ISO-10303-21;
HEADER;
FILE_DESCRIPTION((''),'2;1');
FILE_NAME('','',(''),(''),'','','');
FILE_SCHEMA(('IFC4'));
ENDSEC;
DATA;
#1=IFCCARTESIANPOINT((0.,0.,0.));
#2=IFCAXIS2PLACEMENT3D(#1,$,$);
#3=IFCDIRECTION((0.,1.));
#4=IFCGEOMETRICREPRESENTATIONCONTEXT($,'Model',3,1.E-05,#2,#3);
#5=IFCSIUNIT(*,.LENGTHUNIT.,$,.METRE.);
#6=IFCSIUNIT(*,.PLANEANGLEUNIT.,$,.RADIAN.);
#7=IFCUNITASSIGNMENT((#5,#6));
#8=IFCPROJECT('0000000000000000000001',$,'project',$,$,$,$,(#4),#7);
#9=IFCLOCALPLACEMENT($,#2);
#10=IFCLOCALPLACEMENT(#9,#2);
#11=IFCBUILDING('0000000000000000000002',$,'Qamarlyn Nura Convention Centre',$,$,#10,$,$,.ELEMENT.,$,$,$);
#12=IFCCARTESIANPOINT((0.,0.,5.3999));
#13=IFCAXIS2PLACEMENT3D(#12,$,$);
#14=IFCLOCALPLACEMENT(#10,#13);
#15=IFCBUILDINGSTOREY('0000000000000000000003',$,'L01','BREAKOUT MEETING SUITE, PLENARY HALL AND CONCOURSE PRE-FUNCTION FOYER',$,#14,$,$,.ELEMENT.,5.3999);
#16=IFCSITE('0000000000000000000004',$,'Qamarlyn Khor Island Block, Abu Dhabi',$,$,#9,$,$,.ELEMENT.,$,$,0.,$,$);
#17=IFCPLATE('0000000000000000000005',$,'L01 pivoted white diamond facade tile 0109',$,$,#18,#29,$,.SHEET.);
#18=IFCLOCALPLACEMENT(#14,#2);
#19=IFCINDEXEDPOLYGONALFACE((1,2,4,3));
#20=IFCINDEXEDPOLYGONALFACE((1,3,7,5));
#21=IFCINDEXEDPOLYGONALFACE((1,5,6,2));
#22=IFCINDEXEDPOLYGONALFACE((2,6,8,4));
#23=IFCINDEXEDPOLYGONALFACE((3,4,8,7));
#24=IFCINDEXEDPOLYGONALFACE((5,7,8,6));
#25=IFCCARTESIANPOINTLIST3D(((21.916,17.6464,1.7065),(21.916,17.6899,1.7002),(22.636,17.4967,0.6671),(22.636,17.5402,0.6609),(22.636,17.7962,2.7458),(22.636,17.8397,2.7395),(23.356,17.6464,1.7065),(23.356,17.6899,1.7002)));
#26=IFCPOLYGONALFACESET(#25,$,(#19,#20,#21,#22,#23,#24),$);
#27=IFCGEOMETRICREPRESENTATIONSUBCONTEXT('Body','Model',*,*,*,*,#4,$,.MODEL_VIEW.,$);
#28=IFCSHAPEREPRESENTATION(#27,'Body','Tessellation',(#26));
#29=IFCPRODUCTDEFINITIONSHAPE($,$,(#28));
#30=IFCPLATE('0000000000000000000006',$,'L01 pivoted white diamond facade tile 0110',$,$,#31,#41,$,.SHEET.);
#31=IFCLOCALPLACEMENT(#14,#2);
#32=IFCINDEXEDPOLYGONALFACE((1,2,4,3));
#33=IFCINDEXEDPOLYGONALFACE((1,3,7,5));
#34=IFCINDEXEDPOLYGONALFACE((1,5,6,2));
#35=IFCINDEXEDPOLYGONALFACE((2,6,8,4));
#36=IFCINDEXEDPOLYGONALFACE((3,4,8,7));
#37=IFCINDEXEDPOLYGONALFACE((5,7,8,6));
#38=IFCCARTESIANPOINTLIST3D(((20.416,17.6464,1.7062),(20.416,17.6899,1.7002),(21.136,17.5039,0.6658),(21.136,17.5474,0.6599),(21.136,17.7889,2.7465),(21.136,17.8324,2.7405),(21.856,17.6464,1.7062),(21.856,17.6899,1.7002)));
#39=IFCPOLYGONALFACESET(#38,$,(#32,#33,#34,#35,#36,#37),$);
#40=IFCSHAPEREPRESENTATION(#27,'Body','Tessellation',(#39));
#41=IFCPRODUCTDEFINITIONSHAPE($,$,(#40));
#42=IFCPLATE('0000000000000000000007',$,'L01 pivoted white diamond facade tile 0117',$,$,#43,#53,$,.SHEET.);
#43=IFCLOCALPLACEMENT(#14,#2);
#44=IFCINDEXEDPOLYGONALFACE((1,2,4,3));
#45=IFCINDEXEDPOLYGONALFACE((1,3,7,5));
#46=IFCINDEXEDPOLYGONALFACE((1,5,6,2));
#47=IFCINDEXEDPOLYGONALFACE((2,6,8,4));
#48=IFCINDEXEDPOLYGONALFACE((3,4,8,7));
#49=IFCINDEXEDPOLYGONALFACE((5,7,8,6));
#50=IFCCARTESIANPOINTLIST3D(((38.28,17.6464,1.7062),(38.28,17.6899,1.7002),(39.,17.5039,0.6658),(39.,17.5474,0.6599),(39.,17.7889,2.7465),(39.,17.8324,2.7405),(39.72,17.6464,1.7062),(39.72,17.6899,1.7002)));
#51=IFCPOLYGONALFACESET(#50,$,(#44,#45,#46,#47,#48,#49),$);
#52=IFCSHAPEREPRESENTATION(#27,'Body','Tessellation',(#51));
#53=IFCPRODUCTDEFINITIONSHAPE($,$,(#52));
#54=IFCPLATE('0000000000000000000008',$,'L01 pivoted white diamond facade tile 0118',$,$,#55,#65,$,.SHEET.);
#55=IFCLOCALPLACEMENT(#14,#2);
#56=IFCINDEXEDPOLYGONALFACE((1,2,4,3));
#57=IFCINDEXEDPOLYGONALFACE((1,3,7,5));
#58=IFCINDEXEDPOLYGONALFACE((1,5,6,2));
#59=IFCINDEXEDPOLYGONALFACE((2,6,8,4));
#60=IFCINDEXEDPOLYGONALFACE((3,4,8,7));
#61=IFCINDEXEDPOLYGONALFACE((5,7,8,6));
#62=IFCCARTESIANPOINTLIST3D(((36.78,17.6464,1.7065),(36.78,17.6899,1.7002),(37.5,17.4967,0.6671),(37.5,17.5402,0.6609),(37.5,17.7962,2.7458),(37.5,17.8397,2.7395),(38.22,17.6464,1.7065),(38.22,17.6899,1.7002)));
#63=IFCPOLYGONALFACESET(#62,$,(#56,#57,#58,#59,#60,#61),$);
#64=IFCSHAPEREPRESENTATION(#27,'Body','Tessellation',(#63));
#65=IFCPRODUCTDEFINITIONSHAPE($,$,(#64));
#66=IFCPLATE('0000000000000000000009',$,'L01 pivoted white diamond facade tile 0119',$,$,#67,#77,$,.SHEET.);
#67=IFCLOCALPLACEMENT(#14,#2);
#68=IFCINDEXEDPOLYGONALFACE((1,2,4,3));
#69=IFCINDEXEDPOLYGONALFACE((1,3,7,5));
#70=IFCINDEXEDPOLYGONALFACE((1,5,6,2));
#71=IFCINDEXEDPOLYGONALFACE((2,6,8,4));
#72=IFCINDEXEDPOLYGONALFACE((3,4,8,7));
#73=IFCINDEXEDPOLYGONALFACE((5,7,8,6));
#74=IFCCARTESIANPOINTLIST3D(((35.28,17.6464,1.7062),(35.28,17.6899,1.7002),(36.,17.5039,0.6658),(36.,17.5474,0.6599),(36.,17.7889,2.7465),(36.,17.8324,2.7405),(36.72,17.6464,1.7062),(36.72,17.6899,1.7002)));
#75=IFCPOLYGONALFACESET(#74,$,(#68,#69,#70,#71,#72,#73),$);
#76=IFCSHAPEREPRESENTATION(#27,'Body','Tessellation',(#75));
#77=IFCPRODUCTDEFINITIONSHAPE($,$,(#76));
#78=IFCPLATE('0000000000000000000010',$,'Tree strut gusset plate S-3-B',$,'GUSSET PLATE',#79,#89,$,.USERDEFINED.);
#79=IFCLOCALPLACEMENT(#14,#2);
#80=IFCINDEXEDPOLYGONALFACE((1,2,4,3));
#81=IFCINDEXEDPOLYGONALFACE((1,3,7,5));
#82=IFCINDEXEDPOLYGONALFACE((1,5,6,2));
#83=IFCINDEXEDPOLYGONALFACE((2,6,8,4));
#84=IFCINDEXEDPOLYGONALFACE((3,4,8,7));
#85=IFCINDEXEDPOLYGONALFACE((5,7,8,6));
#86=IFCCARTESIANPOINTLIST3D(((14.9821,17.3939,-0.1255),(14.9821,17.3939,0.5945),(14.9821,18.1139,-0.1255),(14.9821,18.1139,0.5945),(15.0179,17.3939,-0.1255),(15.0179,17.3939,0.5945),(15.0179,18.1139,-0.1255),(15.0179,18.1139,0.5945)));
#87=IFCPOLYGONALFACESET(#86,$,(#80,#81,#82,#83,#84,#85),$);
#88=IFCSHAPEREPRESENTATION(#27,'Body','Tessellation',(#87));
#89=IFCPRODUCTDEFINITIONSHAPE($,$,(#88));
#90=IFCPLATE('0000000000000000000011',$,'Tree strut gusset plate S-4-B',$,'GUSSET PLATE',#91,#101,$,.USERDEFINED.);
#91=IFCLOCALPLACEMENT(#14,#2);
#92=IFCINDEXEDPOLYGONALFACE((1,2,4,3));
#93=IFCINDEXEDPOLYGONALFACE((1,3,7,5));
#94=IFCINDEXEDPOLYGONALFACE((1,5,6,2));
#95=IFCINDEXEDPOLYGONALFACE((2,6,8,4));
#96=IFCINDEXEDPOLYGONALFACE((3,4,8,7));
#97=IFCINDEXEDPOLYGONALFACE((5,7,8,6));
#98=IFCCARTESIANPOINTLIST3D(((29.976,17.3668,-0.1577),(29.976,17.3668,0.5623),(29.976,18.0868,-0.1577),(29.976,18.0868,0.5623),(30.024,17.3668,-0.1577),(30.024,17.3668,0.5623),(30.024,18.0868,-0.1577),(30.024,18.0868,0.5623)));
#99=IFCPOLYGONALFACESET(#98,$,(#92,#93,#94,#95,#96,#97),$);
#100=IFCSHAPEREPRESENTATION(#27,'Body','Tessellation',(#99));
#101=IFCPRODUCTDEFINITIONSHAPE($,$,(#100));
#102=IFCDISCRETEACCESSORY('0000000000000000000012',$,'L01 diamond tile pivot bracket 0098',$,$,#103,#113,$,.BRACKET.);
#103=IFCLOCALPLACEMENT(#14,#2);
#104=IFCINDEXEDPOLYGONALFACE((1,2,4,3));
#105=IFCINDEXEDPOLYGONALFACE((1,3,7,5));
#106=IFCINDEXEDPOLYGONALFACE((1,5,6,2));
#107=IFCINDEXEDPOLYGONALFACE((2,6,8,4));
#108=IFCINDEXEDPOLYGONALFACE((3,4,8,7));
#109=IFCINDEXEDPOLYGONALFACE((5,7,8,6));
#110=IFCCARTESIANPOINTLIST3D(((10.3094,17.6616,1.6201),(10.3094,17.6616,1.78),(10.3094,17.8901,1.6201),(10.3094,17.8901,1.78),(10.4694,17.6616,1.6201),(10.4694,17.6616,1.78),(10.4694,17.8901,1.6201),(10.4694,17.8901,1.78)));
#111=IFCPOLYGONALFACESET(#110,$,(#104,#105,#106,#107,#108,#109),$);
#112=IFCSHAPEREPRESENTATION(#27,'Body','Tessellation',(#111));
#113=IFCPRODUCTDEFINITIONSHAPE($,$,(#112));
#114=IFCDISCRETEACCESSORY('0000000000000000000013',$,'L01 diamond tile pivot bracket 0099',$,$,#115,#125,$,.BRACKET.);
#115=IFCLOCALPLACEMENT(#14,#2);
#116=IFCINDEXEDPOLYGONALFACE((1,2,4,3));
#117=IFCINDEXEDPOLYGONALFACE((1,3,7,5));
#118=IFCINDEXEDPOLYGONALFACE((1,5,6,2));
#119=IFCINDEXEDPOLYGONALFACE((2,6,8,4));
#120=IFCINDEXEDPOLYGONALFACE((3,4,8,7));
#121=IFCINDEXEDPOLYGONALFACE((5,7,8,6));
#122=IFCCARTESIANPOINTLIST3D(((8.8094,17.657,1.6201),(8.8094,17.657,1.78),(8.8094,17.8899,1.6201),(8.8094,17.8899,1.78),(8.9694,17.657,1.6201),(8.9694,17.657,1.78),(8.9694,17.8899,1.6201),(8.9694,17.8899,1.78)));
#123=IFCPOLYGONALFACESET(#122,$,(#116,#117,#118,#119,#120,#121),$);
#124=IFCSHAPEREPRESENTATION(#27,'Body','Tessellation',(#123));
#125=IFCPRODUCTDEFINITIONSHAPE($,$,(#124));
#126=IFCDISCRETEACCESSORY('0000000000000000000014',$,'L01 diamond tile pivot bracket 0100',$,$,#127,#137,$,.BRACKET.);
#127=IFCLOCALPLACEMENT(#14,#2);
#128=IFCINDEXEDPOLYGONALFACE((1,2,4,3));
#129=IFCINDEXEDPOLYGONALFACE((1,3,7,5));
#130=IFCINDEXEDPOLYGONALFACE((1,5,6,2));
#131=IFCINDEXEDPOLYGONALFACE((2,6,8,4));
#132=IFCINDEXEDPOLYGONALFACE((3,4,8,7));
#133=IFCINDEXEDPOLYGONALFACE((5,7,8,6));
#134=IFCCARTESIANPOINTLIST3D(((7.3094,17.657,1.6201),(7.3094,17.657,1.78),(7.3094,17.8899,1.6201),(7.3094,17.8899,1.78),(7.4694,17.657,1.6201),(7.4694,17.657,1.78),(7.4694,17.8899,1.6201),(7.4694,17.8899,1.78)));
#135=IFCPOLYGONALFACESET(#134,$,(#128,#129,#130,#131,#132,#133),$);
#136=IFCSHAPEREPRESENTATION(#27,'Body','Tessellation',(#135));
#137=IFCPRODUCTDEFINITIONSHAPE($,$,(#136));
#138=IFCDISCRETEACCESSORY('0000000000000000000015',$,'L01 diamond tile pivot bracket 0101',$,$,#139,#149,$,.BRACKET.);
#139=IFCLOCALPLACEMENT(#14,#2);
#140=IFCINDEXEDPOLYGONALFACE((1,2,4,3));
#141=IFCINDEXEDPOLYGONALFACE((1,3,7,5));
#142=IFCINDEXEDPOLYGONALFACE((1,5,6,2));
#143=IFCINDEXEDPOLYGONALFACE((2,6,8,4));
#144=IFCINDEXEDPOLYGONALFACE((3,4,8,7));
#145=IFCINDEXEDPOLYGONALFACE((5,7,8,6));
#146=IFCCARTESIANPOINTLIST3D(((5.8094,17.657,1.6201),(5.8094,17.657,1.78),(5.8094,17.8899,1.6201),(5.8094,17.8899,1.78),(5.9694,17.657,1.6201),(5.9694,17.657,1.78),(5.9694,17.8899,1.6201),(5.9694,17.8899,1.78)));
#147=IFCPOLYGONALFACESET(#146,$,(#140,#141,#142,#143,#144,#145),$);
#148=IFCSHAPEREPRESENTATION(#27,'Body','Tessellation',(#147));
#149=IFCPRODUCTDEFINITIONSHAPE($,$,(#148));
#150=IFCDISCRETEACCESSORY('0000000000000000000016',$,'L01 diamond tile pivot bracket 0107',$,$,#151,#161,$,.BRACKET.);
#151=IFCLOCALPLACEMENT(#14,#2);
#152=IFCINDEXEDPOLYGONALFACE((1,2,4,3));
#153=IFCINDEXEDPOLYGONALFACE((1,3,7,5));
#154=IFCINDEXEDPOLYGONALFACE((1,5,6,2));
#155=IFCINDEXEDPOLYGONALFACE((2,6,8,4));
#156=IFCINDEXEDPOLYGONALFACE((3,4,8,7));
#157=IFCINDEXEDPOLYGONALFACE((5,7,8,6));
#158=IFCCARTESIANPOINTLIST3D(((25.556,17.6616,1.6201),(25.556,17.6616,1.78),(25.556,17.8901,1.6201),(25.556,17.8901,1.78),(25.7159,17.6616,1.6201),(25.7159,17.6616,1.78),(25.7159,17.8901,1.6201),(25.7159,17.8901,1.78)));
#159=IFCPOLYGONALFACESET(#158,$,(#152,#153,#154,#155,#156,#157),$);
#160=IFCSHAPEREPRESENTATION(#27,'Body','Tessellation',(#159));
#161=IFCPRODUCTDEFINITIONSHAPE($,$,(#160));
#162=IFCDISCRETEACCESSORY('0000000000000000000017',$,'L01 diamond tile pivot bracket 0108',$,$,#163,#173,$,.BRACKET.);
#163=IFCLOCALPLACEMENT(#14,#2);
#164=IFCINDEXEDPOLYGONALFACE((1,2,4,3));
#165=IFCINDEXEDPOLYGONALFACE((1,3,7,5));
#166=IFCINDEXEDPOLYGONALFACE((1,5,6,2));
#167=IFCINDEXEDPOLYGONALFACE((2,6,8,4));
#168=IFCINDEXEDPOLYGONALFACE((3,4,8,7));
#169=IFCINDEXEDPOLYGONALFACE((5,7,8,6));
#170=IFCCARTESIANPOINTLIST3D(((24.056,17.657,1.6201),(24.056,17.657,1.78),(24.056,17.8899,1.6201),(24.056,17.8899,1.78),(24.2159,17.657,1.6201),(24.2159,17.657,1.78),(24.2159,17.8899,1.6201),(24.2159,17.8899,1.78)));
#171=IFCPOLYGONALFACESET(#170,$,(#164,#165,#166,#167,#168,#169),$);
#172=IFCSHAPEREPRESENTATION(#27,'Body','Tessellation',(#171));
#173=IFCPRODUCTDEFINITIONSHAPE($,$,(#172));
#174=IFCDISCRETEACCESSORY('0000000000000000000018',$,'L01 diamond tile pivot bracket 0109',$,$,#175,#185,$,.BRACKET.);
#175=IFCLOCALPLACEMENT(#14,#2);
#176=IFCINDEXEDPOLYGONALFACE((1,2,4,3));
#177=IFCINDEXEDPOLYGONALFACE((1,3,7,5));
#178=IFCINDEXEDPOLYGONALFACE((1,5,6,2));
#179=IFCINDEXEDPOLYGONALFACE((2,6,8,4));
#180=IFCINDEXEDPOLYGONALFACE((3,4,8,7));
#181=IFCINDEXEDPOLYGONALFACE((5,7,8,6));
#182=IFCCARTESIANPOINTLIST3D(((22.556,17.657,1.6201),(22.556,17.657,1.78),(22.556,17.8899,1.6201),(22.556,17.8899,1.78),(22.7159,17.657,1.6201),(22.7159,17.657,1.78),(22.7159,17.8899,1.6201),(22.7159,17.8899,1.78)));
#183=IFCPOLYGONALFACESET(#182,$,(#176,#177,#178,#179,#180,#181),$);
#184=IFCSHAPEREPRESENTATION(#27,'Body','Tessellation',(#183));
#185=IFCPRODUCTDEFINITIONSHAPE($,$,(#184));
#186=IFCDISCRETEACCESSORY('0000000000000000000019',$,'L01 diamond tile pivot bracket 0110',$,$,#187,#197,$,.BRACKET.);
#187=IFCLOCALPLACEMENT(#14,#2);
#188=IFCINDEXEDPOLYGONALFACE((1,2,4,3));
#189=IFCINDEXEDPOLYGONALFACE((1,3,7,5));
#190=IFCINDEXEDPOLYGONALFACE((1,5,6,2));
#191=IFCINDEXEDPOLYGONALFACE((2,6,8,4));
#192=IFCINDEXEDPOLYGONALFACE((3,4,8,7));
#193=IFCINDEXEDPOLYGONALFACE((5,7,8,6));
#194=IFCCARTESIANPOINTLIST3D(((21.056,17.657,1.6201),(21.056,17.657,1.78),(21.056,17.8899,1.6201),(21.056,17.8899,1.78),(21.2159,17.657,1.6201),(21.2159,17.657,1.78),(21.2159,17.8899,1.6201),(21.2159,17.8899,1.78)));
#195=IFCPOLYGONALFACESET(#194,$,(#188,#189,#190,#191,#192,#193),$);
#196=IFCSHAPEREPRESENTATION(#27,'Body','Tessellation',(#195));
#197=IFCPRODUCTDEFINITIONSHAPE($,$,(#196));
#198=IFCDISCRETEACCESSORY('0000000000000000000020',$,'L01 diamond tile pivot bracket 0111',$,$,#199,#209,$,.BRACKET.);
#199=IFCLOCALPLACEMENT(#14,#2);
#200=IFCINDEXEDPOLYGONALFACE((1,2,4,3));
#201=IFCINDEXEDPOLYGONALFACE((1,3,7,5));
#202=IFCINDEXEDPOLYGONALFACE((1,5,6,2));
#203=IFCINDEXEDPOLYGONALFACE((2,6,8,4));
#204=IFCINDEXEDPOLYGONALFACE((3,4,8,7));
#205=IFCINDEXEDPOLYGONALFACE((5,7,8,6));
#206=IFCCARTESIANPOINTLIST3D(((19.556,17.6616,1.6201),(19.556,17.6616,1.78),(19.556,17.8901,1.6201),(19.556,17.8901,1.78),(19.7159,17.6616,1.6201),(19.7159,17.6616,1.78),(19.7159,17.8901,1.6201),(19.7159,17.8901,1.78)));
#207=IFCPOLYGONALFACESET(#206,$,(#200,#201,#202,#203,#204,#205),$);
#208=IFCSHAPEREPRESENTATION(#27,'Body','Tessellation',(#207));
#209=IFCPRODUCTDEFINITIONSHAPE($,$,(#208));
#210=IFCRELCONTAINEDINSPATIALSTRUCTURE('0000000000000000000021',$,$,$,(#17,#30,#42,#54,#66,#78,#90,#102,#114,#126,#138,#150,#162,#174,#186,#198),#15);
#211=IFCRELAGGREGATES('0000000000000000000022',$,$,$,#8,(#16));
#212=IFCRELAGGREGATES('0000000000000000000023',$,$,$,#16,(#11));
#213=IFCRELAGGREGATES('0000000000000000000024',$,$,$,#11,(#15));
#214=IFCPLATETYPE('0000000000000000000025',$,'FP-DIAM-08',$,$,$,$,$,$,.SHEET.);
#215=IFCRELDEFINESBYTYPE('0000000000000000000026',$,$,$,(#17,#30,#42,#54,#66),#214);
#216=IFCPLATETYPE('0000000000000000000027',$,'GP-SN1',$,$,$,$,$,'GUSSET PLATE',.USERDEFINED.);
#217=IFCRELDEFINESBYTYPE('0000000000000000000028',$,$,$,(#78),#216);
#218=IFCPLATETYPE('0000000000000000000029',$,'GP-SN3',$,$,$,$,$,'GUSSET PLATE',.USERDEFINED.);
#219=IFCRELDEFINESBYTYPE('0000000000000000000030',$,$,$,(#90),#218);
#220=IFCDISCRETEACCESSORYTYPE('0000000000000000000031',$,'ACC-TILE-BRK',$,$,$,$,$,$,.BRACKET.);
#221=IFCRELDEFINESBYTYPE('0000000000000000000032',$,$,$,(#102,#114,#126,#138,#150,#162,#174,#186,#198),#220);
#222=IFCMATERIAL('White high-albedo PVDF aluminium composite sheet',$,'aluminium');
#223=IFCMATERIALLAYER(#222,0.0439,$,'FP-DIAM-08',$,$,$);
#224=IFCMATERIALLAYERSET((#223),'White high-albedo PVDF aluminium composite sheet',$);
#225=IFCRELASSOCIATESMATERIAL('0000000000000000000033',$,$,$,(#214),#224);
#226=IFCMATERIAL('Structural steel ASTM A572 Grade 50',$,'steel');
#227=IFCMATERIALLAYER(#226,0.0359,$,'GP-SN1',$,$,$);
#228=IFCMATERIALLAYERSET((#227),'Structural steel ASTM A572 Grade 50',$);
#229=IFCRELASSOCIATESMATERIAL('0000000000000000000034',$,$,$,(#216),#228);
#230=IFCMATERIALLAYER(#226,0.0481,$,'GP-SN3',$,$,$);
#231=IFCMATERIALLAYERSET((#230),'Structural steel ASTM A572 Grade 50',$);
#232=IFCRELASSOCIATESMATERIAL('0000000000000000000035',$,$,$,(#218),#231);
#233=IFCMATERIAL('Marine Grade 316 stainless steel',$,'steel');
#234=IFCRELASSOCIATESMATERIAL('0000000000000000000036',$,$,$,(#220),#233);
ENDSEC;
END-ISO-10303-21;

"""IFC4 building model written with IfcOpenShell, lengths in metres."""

from ifc_helpers import new_model, si_unit, direction, frame, origin, origin_2d, place, context, subcontext, project, spatial, polyline, rectangle, outline, extrude, material, layer, layer_set, type_object, element, save


model = new_model("IFC4")

# Units and contexts
model_context = context("Model", 3, precision=1e-05, world=origin(), true_north=direction((0.0, 1.0)))
body_context = subcontext(model_context, "Body", "Model", "MODEL_VIEW")
ifc_project = project(units=[si_unit("LENGTHUNIT", "METRE"), si_unit("PLANEANGLEUNIT", "RADIAN")], contexts=[model_context])

# Site, building, storey
site_placement = place(None, origin())
site = spatial("IfcSite", under=ifc_project, at=site_placement, Name="Qamarlyn Khor Island Block, Abu Dhabi", CompositionType="ELEMENT", RefElevation=0.0)
building_placement = place(site_placement, origin())
building = spatial("IfcBuilding", under=site, at=building_placement, Name="Qamarlyn Nura Convention Centre", CompositionType="ELEMENT")
storey_placement = place(building_placement, frame((0.0, 0.0, 5.3999)))
storey = spatial("IfcBuildingStorey", under=building, at=storey_placement, Name="L01", Description="BREAKOUT MEETING SUITE, PLENARY HALL AND CONCOURSE PRE-FUNCTION FOYER", CompositionType="ELEMENT", Elevation=5.3999)

# Plates
ifc_material_1 = material(Name="White high-albedo PVDF aluminium composite sheet", Category="aluminium")
ifc_layer_1 = layer(ifc_material_1, 0.0439, Name="FP-DIAM-08")
ifc_layer_set_1 = layer_set([ifc_layer_1], Name="White high-albedo PVDF aluminium composite sheet")
plate_type_1 = type_object("IfcPlateType", Name="FP-DIAM-08", PredefinedType="SHEET", material=ifc_layer_set_1)
for number, where, z_axis, x_axis, name in (
    (1, (22.636, 17.6899, 1.7002), (0.0, -0.989776, 0.142629), (1.0, 0.0, 0.0), "L01 pivoted white diamond facade tile 0109"),
    (2, (21.136, 17.6899, 1.7002), (0.0, -0.990748, 0.135716), (1.0, 0.0, 0.0), "L01 pivoted white diamond facade tile 0110"),
    (3, (39.0, 17.6899, 1.7002), (0.0, -0.990748, 0.135716), (1.0, 0.0, 0.0), "L01 pivoted white diamond facade tile 0117"),
    (4, (37.5, 17.6899, 1.7002), (0.0, -0.989776, 0.142629), (1.0, 0.0, 0.0), "L01 pivoted white diamond facade tile 0118"),
    (5, (36.0, 17.6899, 1.7002), (0.0, -0.990748, 0.135716), (1.0, 0.0, 0.0), "L01 pivoted white diamond facade tile 0119"),
):
    element("IfcPlate", number, at=place(storey_placement, frame(where, z_axis=z_axis, x_axis=x_axis)), inside=storey, type_object=plate_type_1, Name=name, PredefinedType="SHEET", context=body_context, shape_type="SweptSolid", body=[
        extrude(outline(polyline([(-0.72, 0.0), (0.0, -1.05), (0.72, 0.0), (0.0, 1.05), (-0.72, 0.0)])), origin(), (0.0, 0.0, 1.0), 0.0439),
    ])
ifc_material_2 = material(Name="Structural steel ASTM A572 Grade 50", Category="steel")
ifc_layer_2 = layer(ifc_material_2, 0.0359, Name="GP-SN1")
ifc_layer_set_2 = layer_set([ifc_layer_2], Name="Structural steel ASTM A572 Grade 50")
plate_type_2 = type_object("IfcPlateType", Name="GP-SN1", ElementType="GUSSET PLATE", PredefinedType="USERDEFINED", material=ifc_layer_set_2)
plate_1_placement = place(storey_placement, frame((15.0, 17.7539, -0.1255), z_axis=(0.0, 0.0, 1.0), x_axis=(0.0, 1.0, 0.0)))
element("IfcPlate", 6, at=plate_1_placement, inside=storey, type_object=plate_type_2, Name="Tree strut gusset plate S-3-B", ObjectType="GUSSET PLATE", PredefinedType="USERDEFINED", context=body_context, shape_type="SweptSolid", body=[
    extrude(rectangle(XDim=0.72, YDim=0.0359, at=origin_2d()), origin(), (0.0, 0.0, 1.0), 0.72),
])
ifc_layer_3 = layer(ifc_material_2, 0.0481, Name="GP-SN3")
ifc_layer_set_3 = layer_set([ifc_layer_3], Name="Structural steel ASTM A572 Grade 50")
plate_type_3 = type_object("IfcPlateType", Name="GP-SN3", ElementType="GUSSET PLATE", PredefinedType="USERDEFINED", material=ifc_layer_set_3)
plate_2_placement = place(storey_placement, frame((30.0, 17.7268, -0.1577), z_axis=(0.0, 0.0, 1.0), x_axis=(0.0, 1.0, 0.0)))
element("IfcPlate", 7, at=plate_2_placement, inside=storey, type_object=plate_type_3, Name="Tree strut gusset plate S-4-B", ObjectType="GUSSET PLATE", PredefinedType="USERDEFINED", context=body_context, shape_type="SweptSolid", body=[
    extrude(rectangle(XDim=0.72, YDim=0.0481, at=origin_2d()), origin(), (0.0, 0.0, 1.0), 0.72),
])

# Discrete accessories
ifc_material_3 = material(Name="Marine Grade 316 stainless steel", Category="steel")
discrete_accessory_type = type_object("IfcDiscreteAccessoryType", Name="ACC-TILE-BRK", PredefinedType="BRACKET", material=ifc_material_3)
discrete_accessory_1_placement = place(storey_placement, frame((10.3894, 17.7759, 1.6201), z_axis=(0.0, 0.0, 1.0), x_axis=(0.0, -1.0, 0.0)))
element("IfcDiscreteAccessory", 8, at=discrete_accessory_1_placement, inside=storey, type_object=discrete_accessory_type, Name="L01 diamond tile pivot bracket 0098", PredefinedType="BRACKET", context=body_context, shape_type="SweptSolid", body=[
    extrude(rectangle(XDim=0.2285, YDim=0.1599, at=origin_2d()), origin(), (0.0, 0.0, 1.0), 0.1599),
])
for number, where, z_axis, x_axis, name in (
    (9, (8.8894, 17.7734, 1.6201), (0.0, 0.0, 1.0), (0.0, -1.0, 0.0), "L01 diamond tile pivot bracket 0099"),
    (10, (7.3894, 17.7734, 1.6201), (0.0, 0.0, 1.0), (0.0, -1.0, 0.0), "L01 diamond tile pivot bracket 0100"),
    (11, (5.8894, 17.7734, 1.6201), (0.0, 0.0, 1.0), (0.0, -1.0, 0.0), "L01 diamond tile pivot bracket 0101"),
):
    element("IfcDiscreteAccessory", number, at=place(storey_placement, frame(where, z_axis=z_axis, x_axis=x_axis)), inside=storey, type_object=discrete_accessory_type, Name=name, PredefinedType="BRACKET", context=body_context, shape_type="SweptSolid", body=[
        extrude(rectangle(XDim=0.2329, YDim=0.1599, at=origin_2d()), origin(), (0.0, 0.0, 1.0), 0.1599),
    ])
discrete_accessory_2_placement = place(storey_placement, frame((25.636, 17.7759, 1.6201), z_axis=(0.0, 0.0, 1.0), x_axis=(0.0, -1.0, 0.0)))
element("IfcDiscreteAccessory", 12, at=discrete_accessory_2_placement, inside=storey, type_object=discrete_accessory_type, Name="L01 diamond tile pivot bracket 0107", PredefinedType="BRACKET", context=body_context, shape_type="SweptSolid", body=[
    extrude(rectangle(XDim=0.2285, YDim=0.1599, at=origin_2d()), origin(), (0.0, 0.0, 1.0), 0.1599),
])
for number, where, z_axis, x_axis, name in (
    (13, (24.136, 17.7734, 1.6201), (0.0, 0.0, 1.0), (0.0, -1.0, 0.0), "L01 diamond tile pivot bracket 0108"),
    (14, (22.636, 17.7734, 1.6201), (0.0, 0.0, 1.0), (0.0, -1.0, 0.0), "L01 diamond tile pivot bracket 0109"),
    (15, (21.136, 17.7734, 1.6201), (0.0, 0.0, 1.0), (0.0, -1.0, 0.0), "L01 diamond tile pivot bracket 0110"),
):
    element("IfcDiscreteAccessory", number, at=place(storey_placement, frame(where, z_axis=z_axis, x_axis=x_axis)), inside=storey, type_object=discrete_accessory_type, Name=name, PredefinedType="BRACKET", context=body_context, shape_type="SweptSolid", body=[
        extrude(rectangle(XDim=0.2329, YDim=0.1599, at=origin_2d()), origin(), (0.0, 0.0, 1.0), 0.1599),
    ])
for number, where, z_axis, x_axis, name in (
    (16, (19.636, 17.7759, 1.6201), (0.0, 0.0, 1.0), (0.0, -1.0, 0.0), "L01 diamond tile pivot bracket 0111"),
):
    element("IfcDiscreteAccessory", number, at=place(storey_placement, frame(where, z_axis=z_axis, x_axis=x_axis)), inside=storey, type_object=discrete_accessory_type, Name=name, PredefinedType="BRACKET", context=body_context, shape_type="SweptSolid", body=[
        extrude(rectangle(XDim=0.2285, YDim=0.1599, at=origin_2d()), origin(), (0.0, 0.0, 1.0), 0.1599),
    ])

save(model, "model.ifc")
